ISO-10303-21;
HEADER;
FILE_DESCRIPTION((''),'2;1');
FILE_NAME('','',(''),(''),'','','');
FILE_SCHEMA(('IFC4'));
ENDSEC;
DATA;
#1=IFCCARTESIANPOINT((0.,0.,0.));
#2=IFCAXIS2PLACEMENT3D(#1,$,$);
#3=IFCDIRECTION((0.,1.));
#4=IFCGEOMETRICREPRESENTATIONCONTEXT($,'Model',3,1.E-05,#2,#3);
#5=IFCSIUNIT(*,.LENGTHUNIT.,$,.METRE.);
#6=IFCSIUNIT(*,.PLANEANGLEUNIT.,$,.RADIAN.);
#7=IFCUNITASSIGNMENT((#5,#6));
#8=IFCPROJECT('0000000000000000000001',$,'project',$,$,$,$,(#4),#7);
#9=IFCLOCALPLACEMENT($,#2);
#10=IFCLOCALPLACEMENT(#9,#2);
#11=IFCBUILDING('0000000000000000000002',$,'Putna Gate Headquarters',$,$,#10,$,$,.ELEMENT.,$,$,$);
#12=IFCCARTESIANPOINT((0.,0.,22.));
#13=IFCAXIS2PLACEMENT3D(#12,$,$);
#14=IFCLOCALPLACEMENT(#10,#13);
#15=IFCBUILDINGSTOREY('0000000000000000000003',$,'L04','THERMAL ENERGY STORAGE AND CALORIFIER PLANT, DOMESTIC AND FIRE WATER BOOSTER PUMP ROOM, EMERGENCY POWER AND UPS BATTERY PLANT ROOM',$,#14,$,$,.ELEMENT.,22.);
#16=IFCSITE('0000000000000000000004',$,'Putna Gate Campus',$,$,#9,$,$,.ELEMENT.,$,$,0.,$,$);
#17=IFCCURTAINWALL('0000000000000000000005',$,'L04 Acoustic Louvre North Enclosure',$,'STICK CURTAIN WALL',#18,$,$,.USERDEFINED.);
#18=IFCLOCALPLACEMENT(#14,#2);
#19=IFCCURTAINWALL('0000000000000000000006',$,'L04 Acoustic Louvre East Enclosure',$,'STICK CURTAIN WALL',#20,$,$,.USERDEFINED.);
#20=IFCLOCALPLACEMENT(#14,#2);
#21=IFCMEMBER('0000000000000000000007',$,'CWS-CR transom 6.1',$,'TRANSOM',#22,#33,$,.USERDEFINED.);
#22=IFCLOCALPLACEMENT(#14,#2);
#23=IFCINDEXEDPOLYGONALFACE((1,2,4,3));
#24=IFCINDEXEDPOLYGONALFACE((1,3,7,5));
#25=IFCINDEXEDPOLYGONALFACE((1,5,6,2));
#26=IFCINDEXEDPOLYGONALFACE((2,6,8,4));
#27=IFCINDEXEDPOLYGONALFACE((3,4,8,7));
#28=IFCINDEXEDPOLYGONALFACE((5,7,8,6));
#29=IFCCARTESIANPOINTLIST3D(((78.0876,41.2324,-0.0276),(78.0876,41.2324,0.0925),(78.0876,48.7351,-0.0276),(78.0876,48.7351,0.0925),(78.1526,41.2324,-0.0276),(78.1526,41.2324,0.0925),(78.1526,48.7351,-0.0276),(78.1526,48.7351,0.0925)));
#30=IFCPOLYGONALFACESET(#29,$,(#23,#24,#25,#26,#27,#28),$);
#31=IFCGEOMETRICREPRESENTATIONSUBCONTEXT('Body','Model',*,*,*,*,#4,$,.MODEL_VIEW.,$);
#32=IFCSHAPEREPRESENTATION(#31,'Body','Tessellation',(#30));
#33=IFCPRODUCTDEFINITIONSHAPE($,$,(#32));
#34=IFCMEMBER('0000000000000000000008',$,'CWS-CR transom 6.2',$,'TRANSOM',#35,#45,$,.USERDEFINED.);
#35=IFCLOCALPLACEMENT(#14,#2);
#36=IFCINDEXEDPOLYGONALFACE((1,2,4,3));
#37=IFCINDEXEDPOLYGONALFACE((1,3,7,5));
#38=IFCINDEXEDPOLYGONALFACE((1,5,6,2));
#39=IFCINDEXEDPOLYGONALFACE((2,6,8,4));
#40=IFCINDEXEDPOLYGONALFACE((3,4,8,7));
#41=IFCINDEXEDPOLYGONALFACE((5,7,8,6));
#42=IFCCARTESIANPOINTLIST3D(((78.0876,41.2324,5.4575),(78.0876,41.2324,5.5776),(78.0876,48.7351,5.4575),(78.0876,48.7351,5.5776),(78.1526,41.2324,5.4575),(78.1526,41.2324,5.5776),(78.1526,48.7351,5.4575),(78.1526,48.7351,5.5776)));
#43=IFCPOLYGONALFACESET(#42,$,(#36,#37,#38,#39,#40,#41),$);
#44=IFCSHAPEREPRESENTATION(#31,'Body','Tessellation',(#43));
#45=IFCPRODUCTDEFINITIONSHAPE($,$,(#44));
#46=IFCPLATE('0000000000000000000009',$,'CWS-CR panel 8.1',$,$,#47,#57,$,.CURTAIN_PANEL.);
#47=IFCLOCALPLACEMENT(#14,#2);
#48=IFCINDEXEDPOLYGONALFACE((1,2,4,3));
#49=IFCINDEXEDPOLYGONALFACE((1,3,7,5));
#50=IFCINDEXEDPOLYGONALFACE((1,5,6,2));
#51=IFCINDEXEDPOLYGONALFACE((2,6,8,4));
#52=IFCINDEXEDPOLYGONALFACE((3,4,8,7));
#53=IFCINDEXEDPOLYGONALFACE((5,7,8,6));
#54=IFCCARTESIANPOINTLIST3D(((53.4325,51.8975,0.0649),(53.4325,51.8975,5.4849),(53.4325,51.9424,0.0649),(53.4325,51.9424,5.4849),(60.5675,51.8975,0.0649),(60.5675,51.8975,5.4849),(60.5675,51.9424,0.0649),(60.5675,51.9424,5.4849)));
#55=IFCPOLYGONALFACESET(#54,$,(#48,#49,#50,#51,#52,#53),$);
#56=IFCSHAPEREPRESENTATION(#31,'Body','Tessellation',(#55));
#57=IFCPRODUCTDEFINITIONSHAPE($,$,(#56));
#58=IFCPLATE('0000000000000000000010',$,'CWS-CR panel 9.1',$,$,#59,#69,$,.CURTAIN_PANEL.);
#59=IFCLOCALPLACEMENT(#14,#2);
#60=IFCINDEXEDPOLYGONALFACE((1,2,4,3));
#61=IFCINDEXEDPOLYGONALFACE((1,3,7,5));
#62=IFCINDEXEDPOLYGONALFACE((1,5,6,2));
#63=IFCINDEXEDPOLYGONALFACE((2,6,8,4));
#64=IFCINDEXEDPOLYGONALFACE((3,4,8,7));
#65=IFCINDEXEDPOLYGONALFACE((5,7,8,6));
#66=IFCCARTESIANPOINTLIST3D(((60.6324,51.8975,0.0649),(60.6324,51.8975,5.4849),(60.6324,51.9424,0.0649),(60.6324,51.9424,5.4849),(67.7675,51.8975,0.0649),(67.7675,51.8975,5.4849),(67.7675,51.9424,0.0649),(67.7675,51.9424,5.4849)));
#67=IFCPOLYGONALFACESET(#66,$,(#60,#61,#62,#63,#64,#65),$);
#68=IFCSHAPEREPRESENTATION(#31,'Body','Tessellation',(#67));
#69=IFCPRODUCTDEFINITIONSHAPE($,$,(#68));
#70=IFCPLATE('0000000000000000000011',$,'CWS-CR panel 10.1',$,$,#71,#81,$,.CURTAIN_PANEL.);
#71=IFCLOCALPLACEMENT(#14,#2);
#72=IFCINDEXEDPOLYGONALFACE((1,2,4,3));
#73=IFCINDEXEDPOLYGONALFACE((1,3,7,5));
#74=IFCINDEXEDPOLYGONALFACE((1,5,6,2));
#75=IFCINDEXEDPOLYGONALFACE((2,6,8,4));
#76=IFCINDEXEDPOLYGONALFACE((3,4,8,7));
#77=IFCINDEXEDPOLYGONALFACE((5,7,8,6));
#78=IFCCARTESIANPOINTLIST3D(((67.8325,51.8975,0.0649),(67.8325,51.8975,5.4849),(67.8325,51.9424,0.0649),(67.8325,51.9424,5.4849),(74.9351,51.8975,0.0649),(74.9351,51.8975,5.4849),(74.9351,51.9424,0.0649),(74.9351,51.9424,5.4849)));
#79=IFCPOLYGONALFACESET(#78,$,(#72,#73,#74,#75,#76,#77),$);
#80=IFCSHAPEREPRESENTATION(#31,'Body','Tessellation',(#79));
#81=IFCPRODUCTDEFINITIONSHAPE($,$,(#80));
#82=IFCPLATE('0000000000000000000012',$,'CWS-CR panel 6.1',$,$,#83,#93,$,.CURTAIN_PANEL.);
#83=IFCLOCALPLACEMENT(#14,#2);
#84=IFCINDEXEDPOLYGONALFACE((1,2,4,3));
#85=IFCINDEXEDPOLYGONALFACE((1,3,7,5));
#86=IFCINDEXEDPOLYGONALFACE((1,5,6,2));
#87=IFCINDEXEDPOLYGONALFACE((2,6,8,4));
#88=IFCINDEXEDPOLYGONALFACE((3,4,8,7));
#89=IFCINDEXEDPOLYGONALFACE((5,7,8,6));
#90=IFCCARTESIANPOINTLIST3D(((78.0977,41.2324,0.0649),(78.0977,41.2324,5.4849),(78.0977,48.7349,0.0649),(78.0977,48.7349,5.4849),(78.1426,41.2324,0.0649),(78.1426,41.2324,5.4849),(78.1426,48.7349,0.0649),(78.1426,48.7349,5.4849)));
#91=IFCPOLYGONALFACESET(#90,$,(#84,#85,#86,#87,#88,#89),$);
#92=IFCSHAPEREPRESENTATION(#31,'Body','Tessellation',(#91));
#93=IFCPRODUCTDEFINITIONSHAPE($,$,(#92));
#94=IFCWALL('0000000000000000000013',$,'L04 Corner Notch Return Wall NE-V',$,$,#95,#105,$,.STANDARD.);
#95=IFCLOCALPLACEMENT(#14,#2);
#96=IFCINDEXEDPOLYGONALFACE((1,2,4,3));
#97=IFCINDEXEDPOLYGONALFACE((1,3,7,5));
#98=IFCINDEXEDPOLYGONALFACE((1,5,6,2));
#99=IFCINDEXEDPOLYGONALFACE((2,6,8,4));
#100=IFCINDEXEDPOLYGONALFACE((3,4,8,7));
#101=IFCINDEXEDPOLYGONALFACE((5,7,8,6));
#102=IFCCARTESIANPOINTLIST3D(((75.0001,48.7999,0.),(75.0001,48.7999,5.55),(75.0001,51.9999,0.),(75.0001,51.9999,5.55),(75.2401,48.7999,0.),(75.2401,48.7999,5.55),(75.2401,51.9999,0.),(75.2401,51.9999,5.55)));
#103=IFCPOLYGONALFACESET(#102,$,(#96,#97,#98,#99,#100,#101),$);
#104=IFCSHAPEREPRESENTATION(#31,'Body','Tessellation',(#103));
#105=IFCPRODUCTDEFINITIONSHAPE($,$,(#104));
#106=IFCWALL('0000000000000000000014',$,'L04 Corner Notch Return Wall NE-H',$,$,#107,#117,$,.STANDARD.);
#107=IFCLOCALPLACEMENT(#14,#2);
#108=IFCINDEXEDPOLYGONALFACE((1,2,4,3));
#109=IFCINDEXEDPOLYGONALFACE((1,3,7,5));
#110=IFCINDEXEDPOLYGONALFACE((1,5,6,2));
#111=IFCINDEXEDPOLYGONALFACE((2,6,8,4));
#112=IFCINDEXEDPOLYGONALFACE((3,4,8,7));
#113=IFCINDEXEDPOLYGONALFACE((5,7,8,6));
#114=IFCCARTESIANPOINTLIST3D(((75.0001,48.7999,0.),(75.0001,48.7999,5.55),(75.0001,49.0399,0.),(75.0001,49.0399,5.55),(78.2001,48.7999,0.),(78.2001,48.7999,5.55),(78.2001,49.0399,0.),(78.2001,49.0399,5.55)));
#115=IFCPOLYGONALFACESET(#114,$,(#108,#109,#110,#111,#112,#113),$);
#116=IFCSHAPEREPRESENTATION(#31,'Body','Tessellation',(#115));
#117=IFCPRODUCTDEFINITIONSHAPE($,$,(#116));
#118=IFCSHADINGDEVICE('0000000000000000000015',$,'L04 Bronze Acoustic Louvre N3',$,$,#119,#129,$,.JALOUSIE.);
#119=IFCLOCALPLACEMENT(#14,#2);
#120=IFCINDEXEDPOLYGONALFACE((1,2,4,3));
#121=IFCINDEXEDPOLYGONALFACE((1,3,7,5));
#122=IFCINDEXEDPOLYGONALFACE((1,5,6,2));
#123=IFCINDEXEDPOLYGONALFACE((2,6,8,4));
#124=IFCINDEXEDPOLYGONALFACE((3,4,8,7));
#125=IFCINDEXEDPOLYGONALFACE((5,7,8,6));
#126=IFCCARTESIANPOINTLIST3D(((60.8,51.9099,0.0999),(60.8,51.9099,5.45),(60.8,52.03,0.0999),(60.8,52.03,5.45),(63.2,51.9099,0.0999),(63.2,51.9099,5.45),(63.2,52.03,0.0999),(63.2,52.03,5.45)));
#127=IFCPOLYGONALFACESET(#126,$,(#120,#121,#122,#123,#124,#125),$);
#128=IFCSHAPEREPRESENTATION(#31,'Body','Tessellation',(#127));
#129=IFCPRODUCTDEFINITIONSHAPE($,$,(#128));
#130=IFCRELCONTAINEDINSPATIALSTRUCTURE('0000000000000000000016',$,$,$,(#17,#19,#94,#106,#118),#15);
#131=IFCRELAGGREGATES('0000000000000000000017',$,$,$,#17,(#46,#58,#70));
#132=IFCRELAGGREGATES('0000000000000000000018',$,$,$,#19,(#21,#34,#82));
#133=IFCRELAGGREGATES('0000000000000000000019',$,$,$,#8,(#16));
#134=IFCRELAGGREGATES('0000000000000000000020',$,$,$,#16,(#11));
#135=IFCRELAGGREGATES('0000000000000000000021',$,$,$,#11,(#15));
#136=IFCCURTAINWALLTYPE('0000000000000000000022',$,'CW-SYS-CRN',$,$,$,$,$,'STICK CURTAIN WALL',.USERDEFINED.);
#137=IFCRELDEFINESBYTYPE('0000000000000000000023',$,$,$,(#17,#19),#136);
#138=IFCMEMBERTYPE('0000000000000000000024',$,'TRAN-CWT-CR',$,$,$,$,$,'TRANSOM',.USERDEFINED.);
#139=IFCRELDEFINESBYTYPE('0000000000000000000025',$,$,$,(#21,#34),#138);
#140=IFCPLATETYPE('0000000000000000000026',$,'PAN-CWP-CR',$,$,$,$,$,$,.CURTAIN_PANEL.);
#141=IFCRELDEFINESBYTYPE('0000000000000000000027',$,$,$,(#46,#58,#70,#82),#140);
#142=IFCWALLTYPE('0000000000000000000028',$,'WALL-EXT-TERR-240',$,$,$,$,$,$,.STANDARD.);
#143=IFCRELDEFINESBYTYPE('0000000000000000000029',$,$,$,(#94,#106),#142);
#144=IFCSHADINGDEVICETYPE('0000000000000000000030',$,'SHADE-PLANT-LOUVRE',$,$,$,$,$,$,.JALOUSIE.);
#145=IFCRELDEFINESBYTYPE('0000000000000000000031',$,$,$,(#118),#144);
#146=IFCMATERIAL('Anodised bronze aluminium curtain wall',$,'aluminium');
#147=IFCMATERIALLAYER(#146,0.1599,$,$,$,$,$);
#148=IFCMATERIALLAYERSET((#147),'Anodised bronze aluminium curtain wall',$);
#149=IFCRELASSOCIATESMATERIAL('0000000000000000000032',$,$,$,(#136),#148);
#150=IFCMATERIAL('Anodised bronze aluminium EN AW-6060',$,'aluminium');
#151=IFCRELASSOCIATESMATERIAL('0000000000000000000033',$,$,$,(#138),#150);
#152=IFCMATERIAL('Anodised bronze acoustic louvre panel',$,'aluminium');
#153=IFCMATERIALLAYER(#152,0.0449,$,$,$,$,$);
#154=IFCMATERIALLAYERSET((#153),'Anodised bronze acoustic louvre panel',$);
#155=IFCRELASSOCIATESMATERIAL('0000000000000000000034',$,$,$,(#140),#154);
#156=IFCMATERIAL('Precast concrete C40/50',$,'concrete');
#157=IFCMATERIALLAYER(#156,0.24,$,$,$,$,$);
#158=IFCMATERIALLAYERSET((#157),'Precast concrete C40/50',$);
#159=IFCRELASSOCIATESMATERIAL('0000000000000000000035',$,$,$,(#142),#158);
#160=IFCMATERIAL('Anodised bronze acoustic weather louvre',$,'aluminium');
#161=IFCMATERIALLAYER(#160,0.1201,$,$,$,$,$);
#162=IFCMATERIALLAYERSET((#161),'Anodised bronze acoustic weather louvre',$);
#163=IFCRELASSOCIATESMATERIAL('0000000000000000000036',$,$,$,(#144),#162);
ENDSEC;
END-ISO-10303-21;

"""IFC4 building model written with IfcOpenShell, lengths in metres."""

from ifc_helpers import new_model, si_unit, direction, frame, frame_2d, origin, origin_2d, place, context, subcontext, project, spatial, rectangle, extrude, material, layer, layer_set, material_profile, profile_set, type_object, element, aggregate, save


model = new_model("IFC4")

# Units and contexts
model_context = context("Model", 3, precision=1e-05, world=origin(), true_north=direction((0.0, 1.0)))
body_context = subcontext(model_context, "Body", "Model", "MODEL_VIEW")
ifc_project = project(units=[si_unit("LENGTHUNIT", "METRE"), si_unit("PLANEANGLEUNIT", "RADIAN")], contexts=[model_context])

# Site, building, storey
site_placement = place(None, origin())
site = spatial("IfcSite", under=ifc_project, at=site_placement, Name="Putna Gate Campus", CompositionType="ELEMENT", RefElevation=0.0)
building_placement = place(site_placement, origin())
building = spatial("IfcBuilding", under=site, at=building_placement, Name="Putna Gate Headquarters", CompositionType="ELEMENT")
storey_placement = place(building_placement, frame((0.0, 0.0, 22.0)))
storey = spatial("IfcBuildingStorey", under=building, at=storey_placement, Name="L04", Description="THERMAL ENERGY STORAGE AND CALORIFIER PLANT, DOMESTIC AND FIRE WATER BOOSTER PUMP ROOM, EMERGENCY POWER AND UPS BATTERY PLANT ROOM", CompositionType="ELEMENT", Elevation=22.0)

# Curtain walls
ifc_material_1 = material(Name="Anodised bronze aluminium curtain wall", Category="aluminium")
ifc_layer_1 = layer(ifc_material_1, 0.1599)
ifc_layer_set_1 = layer_set([ifc_layer_1], Name="Anodised bronze aluminium curtain wall")
curtain_wall_type = type_object("IfcCurtainWallType", Name="CW-SYS-CRN", ElementType="STICK CURTAIN WALL", PredefinedType="USERDEFINED", material=ifc_layer_set_1)
curtain_wall_1_placement = place(storey_placement, origin())
curtain_wall_1 = element("IfcCurtainWall", 1, at=curtain_wall_1_placement, inside=storey, type_object=curtain_wall_type, Name="L04 Acoustic Louvre North Enclosure", ObjectType="STICK CURTAIN WALL", PredefinedType="USERDEFINED")
ifc_material_2 = material(Name="Anodised bronze aluminium EN AW-6060", Category="aluminium")
curtain_wall_2_placement = place(storey_placement, origin())
curtain_wall_2 = element("IfcCurtainWall", 2, at=curtain_wall_2_placement, inside=storey, type_object=curtain_wall_type, Name="L04 Acoustic Louvre East Enclosure", ObjectType="STICK CURTAIN WALL", PredefinedType="USERDEFINED")

# Members
ifc_material_profile_1 = material_profile(ifc_material_2, rectangle(XDim=0.0649, YDim=0.1201, at=origin_2d()), Name="Anodised bronze aluminium EN AW-6060")
ifc_profile_set_1 = profile_set([ifc_material_profile_1], Name="Anodised bronze aluminium EN AW-6060")
member_type_1 = type_object("IfcMemberType", Name="TRAN-CWT-CR", ElementType="TRANSOM", PredefinedType="USERDEFINED", material=ifc_profile_set_1)
member_1_placement = place(storey_placement, frame((78.1201, 41.2324, 0.0325), z_axis=(0.0, 1.0, 0.0), x_axis=(-1.0, 0.0, 0.0)))
member_1 = element("IfcMember", 3, at=member_1_placement, type_object=member_type_1, Name="CWS-CR transom 6.1", ObjectType="TRANSOM", PredefinedType="USERDEFINED", context=body_context, shape_type="SweptSolid", body=[
    extrude(rectangle(XDim=0.0649, YDim=0.1201, at=origin_2d()), origin(), (0.0, 0.0, 1.0), 7.5027),
])
member_2_placement = place(storey_placement, frame((78.1201, 41.2324, 5.5176), z_axis=(0.0, 1.0, 0.0), x_axis=(-1.0, 0.0, 0.0)))
member_2 = element("IfcMember", 4, at=member_2_placement, type_object=member_type_1, Name="CWS-CR transom 6.2", ObjectType="TRANSOM", PredefinedType="USERDEFINED", context=body_context, shape_type="SweptSolid", body=[
    extrude(rectangle(XDim=0.0649, YDim=0.1201, at=origin_2d()), origin(), (0.0, 0.0, 1.0), 7.5027),
])

# Plates
ifc_material_3 = material(Name="Anodised bronze acoustic louvre panel", Category="aluminium")
ifc_layer_2 = layer(ifc_material_3, 0.0449)
ifc_layer_set_2 = layer_set([ifc_layer_2], Name="Anodised bronze acoustic louvre panel")
plate_type = type_object("IfcPlateType", Name="PAN-CWP-CR", PredefinedType="CURTAIN_PANEL", material=ifc_layer_set_2)
plate_1_placement = place(storey_placement, frame((57.0, 51.9199, 0.0649), z_axis=(0.0, 0.0, 1.0), x_axis=(1.0, 0.0, 0.0)))
plate_1 = element("IfcPlate", 5, at=plate_1_placement, type_object=plate_type, Name="CWS-CR panel 8.1", PredefinedType="CURTAIN_PANEL", context=body_context, shape_type="SweptSolid", body=[
    extrude(rectangle(XDim=7.135, YDim=0.0449, at=origin_2d()), origin(), (0.0, 0.0, 1.0), 5.4199),
])
plate_2_placement = place(storey_placement, frame((64.2, 51.9199, 0.0649), z_axis=(0.0, 0.0, 1.0), x_axis=(1.0, 0.0, 0.0)))
plate_2 = element("IfcPlate", 6, at=plate_2_placement, type_object=plate_type, Name="CWS-CR panel 9.1", PredefinedType="CURTAIN_PANEL", context=body_context, shape_type="SweptSolid", body=[
    extrude(rectangle(XDim=7.135, YDim=0.0449, at=origin_2d()), origin(), (0.0, 0.0, 1.0), 5.4199),
])
plate_3_placement = place(storey_placement, frame((71.3838, 51.9199, 0.0649), z_axis=(0.0, 0.0, 1.0), x_axis=(1.0, 0.0, 0.0)))
plate_3 = element("IfcPlate", 7, at=plate_3_placement, type_object=plate_type, Name="CWS-CR panel 10.1", PredefinedType="CURTAIN_PANEL", context=body_context, shape_type="SweptSolid", body=[
    extrude(rectangle(XDim=7.1025, YDim=0.0449, at=origin_2d()), origin(), (0.0, 0.0, 1.0), 5.4199),
])
aggregate(curtain_wall_1, [plate_1, plate_2, plate_3])
plate_4_placement = place(storey_placement, frame((78.1201, 44.9836, 0.0649), z_axis=(0.0, 0.0, 1.0), x_axis=(0.0, 1.0, 0.0)))
plate_4 = element("IfcPlate", 8, at=plate_4_placement, type_object=plate_type, Name="CWS-CR panel 6.1", PredefinedType="CURTAIN_PANEL", context=body_context, shape_type="SweptSolid", body=[
    extrude(rectangle(XDim=7.5024, YDim=0.0449, at=origin_2d()), origin(), (0.0, 0.0, 1.0), 5.4199),
])
aggregate(curtain_wall_2, [member_1, member_2, plate_4])

# Walls
ifc_material_4 = material(Name="Precast concrete C40/50", Category="concrete")
ifc_layer_3 = layer(ifc_material_4, 0.24)
ifc_layer_set_3 = layer_set([ifc_layer_3], Name="Precast concrete C40/50")
wall_type = type_object("IfcWallType", Name="WALL-EXT-TERR-240", PredefinedType="STANDARD", material=ifc_layer_set_3)
for number, where, z_axis, x_axis, name in (
    (9, (75.1201, 52.0, 0.0), (0.0, 0.0, 1.0), (0.0, -1.0, 0.0), "L04 Corner Notch Return Wall NE-V"),
    (10, (75.0, 48.9199, 0.0), (0.0, 0.0, 1.0), (1.0, 0.0, 0.0), "L04 Corner Notch Return Wall NE-H"),
):
    element("IfcWall", number, at=place(storey_placement, frame(where, z_axis=z_axis, x_axis=x_axis)), inside=storey, type_object=wall_type, Name=name, PredefinedType="STANDARD", context=body_context, shape_type="SweptSolid", body=[
        extrude(rectangle(XDim=3.2, YDim=0.24, at=frame_2d((1.6001, 0.0))), origin(), (0.0, 0.0, 1.0), 5.55),
    ])

# Shading device
ifc_material_5 = material(Name="Anodised bronze acoustic weather louvre", Category="aluminium")
ifc_layer_4 = layer(ifc_material_5, 0.1201)
ifc_layer_set_4 = layer_set([ifc_layer_4], Name="Anodised bronze acoustic weather louvre")
shading_device_type = type_object("IfcShadingDeviceType", Name="SHADE-PLANT-LOUVRE", PredefinedType="JALOUSIE", material=ifc_layer_set_4)
shading_device_placement = place(storey_placement, frame((62.0, 51.97, 0.0999), z_axis=(0.0, 0.0, 1.0), x_axis=(1.0, 0.0, 0.0)))
element("IfcShadingDevice", 11, at=shading_device_placement, inside=storey, type_object=shading_device_type, Name="L04 Bronze Acoustic Louvre N3", PredefinedType="JALOUSIE", context=body_context, shape_type="SweptSolid", body=[
    extrude(rectangle(XDim=2.3999, YDim=0.1201, at=origin_2d()), origin(), (0.0, 0.0, 1.0), 5.3501),
])

save(model, "model.ifc")
